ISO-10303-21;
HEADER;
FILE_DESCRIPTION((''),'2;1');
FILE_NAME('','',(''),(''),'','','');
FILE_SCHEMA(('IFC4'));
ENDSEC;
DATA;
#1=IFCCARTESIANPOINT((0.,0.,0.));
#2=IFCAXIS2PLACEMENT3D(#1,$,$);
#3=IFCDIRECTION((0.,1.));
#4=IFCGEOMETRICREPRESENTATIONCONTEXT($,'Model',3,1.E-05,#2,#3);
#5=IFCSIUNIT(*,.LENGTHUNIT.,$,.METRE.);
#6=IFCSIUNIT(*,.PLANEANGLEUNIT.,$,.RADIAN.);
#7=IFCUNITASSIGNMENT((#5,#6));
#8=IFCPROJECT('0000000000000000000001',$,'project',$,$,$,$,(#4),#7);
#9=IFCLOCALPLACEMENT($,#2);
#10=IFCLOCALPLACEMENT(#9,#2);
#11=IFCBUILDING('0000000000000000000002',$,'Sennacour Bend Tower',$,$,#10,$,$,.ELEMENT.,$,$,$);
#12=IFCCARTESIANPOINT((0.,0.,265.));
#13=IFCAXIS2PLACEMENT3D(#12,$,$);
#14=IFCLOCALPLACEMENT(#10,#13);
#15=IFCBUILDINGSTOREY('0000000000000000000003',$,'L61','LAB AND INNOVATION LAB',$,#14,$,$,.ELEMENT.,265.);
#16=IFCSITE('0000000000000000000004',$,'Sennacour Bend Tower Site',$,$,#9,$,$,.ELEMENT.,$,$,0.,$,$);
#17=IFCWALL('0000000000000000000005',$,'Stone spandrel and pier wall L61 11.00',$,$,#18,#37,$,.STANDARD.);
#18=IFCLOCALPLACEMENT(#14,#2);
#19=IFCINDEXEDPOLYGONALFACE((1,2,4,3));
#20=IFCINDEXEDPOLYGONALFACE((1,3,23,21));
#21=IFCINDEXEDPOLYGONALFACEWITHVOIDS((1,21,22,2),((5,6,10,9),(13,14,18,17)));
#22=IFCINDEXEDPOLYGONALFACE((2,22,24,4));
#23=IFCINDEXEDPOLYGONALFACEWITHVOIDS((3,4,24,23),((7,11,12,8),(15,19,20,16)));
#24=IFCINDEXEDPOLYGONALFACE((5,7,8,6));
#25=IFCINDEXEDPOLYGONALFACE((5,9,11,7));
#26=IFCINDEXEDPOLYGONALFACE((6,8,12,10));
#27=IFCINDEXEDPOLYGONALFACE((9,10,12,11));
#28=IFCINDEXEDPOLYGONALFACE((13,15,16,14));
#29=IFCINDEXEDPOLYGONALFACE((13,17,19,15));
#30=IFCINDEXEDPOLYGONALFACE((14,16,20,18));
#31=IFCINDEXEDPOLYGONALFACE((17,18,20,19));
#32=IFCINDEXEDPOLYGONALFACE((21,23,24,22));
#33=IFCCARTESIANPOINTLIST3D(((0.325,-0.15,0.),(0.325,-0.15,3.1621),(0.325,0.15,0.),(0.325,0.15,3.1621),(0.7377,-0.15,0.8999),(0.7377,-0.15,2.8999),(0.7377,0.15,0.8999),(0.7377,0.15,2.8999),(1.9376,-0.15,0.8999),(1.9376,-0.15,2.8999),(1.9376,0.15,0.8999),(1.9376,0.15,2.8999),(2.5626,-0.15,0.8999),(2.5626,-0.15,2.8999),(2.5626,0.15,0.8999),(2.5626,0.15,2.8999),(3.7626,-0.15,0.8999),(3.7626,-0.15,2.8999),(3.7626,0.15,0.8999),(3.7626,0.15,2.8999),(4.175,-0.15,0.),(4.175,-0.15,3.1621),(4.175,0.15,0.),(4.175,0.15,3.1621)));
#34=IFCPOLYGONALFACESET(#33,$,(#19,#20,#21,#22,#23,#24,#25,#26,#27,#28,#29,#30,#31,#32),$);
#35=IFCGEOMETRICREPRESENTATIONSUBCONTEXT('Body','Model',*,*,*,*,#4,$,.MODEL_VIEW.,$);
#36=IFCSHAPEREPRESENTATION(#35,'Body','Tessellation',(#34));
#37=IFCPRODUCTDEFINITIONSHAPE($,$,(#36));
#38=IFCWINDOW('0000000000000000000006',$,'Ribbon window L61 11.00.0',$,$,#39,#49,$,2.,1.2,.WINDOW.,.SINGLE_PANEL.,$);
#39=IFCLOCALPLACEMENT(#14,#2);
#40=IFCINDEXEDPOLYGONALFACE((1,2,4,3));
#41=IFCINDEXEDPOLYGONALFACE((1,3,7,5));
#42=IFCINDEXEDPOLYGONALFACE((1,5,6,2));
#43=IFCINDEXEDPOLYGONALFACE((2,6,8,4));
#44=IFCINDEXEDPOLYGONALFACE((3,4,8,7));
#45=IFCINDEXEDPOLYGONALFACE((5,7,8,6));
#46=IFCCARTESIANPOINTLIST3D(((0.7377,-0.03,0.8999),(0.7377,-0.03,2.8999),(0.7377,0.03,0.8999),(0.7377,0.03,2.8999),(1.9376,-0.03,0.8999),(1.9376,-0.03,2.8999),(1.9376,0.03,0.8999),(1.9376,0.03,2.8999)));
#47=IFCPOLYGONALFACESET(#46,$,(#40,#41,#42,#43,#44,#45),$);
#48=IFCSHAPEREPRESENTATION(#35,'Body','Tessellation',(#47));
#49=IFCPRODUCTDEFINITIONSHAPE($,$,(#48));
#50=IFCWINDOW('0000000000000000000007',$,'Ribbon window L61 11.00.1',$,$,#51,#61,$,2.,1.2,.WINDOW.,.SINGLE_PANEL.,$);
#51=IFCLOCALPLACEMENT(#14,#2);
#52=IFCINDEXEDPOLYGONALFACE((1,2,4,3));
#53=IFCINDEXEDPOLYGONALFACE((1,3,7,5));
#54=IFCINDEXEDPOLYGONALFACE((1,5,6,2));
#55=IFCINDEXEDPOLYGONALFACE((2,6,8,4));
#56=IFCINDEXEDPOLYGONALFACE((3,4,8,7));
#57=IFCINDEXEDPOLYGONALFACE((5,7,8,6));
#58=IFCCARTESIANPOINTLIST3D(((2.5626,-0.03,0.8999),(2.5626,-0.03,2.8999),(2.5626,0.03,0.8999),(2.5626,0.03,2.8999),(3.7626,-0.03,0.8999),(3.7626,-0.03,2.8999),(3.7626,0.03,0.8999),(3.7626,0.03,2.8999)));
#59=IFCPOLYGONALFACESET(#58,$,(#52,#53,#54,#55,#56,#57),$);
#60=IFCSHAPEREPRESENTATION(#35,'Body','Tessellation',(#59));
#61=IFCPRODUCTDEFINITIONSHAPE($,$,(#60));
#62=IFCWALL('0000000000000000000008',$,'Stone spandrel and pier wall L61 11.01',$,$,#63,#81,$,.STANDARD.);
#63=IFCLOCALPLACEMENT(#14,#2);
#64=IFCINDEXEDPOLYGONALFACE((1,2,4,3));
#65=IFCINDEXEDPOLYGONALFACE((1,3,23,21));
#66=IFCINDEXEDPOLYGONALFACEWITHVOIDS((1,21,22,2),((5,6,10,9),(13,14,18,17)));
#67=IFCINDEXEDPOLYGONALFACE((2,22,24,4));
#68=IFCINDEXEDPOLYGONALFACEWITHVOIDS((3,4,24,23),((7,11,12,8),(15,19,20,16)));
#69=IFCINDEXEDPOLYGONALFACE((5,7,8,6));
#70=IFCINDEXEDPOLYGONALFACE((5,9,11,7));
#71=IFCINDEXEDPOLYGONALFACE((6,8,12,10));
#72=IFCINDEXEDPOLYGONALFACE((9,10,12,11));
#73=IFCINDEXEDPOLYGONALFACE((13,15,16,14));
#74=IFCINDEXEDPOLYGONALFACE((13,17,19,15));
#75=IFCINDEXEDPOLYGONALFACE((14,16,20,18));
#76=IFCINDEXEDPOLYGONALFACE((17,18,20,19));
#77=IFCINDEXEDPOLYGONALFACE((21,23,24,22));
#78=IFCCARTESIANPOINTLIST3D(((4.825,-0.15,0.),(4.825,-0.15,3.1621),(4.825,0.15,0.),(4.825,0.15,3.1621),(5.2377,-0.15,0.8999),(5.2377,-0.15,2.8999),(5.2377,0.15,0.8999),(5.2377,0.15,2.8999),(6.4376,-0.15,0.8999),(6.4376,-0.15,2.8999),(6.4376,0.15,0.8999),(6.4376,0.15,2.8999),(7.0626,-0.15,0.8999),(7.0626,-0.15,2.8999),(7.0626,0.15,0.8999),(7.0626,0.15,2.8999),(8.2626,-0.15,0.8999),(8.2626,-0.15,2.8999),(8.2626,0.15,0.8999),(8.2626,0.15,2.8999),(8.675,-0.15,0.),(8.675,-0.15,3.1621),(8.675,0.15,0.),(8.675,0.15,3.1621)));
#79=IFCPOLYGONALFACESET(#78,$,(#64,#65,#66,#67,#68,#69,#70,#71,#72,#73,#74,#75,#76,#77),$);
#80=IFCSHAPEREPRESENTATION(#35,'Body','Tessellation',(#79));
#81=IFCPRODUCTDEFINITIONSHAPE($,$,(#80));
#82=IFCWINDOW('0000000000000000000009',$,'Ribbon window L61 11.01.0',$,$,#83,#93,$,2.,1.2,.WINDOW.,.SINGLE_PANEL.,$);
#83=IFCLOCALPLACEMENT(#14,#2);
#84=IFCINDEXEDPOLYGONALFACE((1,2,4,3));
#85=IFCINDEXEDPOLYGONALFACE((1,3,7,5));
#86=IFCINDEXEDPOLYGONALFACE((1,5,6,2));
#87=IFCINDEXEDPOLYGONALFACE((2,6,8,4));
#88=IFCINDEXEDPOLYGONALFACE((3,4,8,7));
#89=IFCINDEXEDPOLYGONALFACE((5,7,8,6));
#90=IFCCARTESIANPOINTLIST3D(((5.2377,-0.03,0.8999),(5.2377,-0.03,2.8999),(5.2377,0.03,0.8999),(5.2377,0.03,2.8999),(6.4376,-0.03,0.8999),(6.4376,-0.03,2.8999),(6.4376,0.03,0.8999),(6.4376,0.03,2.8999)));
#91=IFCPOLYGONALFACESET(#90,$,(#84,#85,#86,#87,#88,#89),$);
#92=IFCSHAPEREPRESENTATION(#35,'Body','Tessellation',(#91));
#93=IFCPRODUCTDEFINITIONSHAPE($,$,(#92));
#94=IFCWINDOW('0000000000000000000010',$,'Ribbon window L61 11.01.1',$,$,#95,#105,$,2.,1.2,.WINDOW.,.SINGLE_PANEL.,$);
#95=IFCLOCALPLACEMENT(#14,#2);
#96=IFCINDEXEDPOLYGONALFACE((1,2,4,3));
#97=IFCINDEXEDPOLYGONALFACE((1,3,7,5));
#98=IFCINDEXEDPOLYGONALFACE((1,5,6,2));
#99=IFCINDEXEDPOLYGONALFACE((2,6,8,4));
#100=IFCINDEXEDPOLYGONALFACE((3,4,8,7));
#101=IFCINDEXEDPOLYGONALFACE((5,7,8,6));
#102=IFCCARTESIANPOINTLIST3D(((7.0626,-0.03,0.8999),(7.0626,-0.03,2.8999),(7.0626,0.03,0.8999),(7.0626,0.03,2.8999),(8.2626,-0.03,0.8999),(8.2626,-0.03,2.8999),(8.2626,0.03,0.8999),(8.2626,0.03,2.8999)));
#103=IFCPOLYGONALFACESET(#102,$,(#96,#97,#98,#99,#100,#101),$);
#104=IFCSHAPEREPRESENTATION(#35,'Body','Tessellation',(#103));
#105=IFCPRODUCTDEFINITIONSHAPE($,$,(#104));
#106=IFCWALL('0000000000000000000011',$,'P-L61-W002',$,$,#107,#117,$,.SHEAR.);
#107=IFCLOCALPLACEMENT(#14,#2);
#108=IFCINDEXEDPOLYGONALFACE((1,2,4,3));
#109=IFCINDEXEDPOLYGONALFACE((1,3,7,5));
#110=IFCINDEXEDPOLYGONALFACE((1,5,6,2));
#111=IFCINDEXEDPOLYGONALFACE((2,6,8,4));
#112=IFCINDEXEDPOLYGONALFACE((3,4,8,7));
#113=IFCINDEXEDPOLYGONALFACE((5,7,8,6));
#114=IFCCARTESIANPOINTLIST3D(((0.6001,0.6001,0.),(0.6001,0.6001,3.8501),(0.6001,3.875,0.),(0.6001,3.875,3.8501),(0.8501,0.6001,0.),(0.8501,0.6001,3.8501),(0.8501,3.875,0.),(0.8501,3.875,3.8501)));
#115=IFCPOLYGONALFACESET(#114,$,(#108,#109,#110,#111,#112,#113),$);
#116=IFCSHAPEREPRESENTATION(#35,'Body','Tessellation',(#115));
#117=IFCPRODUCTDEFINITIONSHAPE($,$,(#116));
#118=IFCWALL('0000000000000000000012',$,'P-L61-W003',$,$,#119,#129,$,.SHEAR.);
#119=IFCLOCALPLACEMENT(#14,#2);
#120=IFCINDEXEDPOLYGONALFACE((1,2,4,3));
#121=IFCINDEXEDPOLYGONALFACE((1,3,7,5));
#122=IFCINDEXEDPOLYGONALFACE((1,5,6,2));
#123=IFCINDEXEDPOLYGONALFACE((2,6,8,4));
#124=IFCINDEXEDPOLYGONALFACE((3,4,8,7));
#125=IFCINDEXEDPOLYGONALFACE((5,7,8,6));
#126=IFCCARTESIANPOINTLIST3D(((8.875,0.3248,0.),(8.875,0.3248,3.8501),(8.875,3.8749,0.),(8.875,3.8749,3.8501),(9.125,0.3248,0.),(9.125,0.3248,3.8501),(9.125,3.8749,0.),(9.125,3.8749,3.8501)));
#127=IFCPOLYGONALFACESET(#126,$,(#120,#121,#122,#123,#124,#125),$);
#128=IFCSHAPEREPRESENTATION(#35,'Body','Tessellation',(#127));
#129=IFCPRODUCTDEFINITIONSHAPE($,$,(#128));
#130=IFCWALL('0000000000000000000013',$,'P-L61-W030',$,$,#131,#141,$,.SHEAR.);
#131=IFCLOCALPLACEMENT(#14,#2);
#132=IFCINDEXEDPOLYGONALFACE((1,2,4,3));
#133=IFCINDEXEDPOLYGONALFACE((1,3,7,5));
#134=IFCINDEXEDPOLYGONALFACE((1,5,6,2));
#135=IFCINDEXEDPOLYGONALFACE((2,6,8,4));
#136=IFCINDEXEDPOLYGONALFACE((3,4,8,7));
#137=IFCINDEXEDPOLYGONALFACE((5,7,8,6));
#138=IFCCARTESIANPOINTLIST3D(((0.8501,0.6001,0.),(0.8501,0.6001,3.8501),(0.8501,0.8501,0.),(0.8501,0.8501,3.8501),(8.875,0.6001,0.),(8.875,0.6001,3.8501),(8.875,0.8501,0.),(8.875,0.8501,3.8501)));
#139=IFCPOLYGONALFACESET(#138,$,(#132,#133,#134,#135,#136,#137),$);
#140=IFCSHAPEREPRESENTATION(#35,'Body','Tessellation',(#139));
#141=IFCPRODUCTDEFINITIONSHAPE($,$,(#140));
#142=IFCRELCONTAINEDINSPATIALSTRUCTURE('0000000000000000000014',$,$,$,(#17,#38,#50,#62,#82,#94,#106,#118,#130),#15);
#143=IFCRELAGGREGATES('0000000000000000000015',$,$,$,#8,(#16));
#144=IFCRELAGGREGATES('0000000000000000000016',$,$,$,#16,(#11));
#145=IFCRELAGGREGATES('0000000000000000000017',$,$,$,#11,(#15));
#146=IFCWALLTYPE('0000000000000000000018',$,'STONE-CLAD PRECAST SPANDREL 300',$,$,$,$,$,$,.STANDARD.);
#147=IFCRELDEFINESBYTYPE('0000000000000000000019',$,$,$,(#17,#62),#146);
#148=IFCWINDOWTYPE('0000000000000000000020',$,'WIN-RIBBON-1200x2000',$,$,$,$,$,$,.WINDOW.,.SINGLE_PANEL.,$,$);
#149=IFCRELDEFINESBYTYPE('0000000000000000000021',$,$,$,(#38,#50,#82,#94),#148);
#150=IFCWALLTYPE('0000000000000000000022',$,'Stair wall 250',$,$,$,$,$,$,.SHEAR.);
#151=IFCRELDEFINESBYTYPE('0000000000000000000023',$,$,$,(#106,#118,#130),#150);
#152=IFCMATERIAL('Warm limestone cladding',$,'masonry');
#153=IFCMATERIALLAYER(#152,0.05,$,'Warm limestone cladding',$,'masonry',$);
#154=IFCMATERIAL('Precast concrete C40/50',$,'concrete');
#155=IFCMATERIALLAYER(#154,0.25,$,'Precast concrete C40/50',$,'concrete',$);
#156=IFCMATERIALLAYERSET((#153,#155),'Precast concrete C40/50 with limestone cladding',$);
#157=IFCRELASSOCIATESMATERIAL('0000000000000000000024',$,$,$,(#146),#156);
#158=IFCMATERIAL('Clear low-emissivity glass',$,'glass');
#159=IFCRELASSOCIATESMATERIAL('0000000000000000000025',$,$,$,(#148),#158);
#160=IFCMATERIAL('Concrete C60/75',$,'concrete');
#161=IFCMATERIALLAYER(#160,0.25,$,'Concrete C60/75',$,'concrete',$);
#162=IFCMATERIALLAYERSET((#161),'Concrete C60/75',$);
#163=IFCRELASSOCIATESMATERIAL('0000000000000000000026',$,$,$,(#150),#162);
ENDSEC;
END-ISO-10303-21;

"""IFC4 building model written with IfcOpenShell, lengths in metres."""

from ifc_helpers import new_model, si_unit, direction, frame, frame_2d, origin, place, context, subcontext, project, spatial, rectangle, extrude, material, layer, layer_set, type_object, element, fill, save


model = new_model("IFC4")

# Units and contexts
model_context = context("Model", 3, precision=1e-05, world=origin(), true_north=direction((0.0, 1.0)))
body_context = subcontext(model_context, "Body", "Model", "MODEL_VIEW")
ifc_project = project(units=[si_unit("LENGTHUNIT", "METRE"), si_unit("PLANEANGLEUNIT", "RADIAN")], contexts=[model_context])

# Site, building, storey
site_placement = place(None, origin())
site = spatial("IfcSite", under=ifc_project, at=site_placement, Name="Sennacour Bend Tower Site", CompositionType="ELEMENT", RefElevation=0.0)
building_placement = place(site_placement, origin())
building = spatial("IfcBuilding", under=site, at=building_placement, Name="Sennacour Bend Tower", CompositionType="ELEMENT")
storey_placement = place(building_placement, frame((0.0, 0.0, 265.0)))
storey = spatial("IfcBuildingStorey", under=building, at=storey_placement, Name="L61", Description="LAB AND INNOVATION LAB", CompositionType="ELEMENT", Elevation=265.0)

# Walls, openings, windows
ifc_material_1 = material(Name="Warm limestone cladding", Category="masonry")
ifc_layer_1 = layer(ifc_material_1, 0.05, Name="Warm limestone cladding", Category="masonry")
ifc_material_2 = material(Name="Precast concrete C40/50", Category="concrete")
ifc_layer_2 = layer(ifc_material_2, 0.25, Name="Precast concrete C40/50", Category="concrete")
ifc_layer_set_1 = layer_set([ifc_layer_1, ifc_layer_2], Name="Precast concrete C40/50 with limestone cladding")
wall_type_1 = type_object("IfcWallType", Name="STONE-CLAD PRECAST SPANDREL 300", PredefinedType="STANDARD", material=ifc_layer_set_1)
wall_1_placement = place(storey_placement, frame((0.325, 0.0, 0.0), z_axis=(0.0, 0.0, 1.0), x_axis=(1.0, 0.0, 0.0)))
wall_1 = element("IfcWall", 1, at=wall_1_placement, inside=storey, type_object=wall_type_1, Name="Stone spandrel and pier wall L61 11.00", PredefinedType="STANDARD", context=body_context, shape_type="SweptSolid", body=[
    extrude(rectangle(XDim=3.8501, YDim=0.3, at=frame_2d((1.925, 0.0))), origin(), (0.0, 0.0, 1.0), 3.1621),
])
opening_1_placement = place(wall_1_placement, frame((0.4126, 0.0, 0.8999)))
opening_1 = element("IfcOpeningElement", 2, at=opening_1_placement, cuts=wall_1, PredefinedType="OPENING", context=body_context, shape_type="SweptSolid", body=[
    extrude(rectangle(XDim=1.2, YDim=2.0, at=frame_2d((0.6001, 1.0))), frame((0.0, 0.1602, 0.0), z_axis=(0.0, -1.0, 0.0), x_axis=(1.0, 0.0, 0.0)), (0.0, 0.0, 1.0), 0.3201),
])
opening_2_placement = place(wall_1_placement, frame((2.2375, 0.0, 0.8999)))
opening_2 = element("IfcOpeningElement", 3, at=opening_2_placement, cuts=wall_1, PredefinedType="OPENING", context=body_context, shape_type="SweptSolid", body=[
    extrude(rectangle(XDim=1.2, YDim=2.0, at=frame_2d((0.6001, 1.0))), frame((0.0, 0.1602, 0.0), z_axis=(0.0, -1.0, 0.0), x_axis=(1.0, 0.0, 0.0)), (0.0, 0.0, 1.0), 0.3201),
])
ifc_material_3 = material(Name="Clear low-emissivity glass", Category="glass")
window_type = type_object("IfcWindowType", Name="WIN-RIBBON-1200x2000", PartitioningType="SINGLE_PANEL", PredefinedType="WINDOW", material=ifc_material_3)
window_1_placement = place(opening_1_placement, origin())
window_1 = element("IfcWindow", 4, at=window_1_placement, inside=storey, type_object=window_type, Name="Ribbon window L61 11.00.0", OverallHeight=2.0, OverallWidth=1.2, PartitioningType="SINGLE_PANEL", PredefinedType="WINDOW", context=body_context, shape_type="SweptSolid", body=[
    extrude(rectangle(XDim=1.2, YDim=2.0, at=frame_2d((0.6001, 1.0))), frame((0.0, 0.03, 0.0), z_axis=(0.0, -1.0, 0.0), x_axis=(1.0, 0.0, 0.0)), (0.0, 0.0, 1.0), 0.0601),
])
fill(opening_1, window_1)
window_2_placement = place(opening_2_placement, origin())
window_2 = element("IfcWindow", 5, at=window_2_placement, inside=storey, type_object=window_type, Name="Ribbon window L61 11.00.1", OverallHeight=2.0, OverallWidth=1.2, PartitioningType="SINGLE_PANEL", PredefinedType="WINDOW", context=body_context, shape_type="SweptSolid", body=[
    extrude(rectangle(XDim=1.2, YDim=2.0, at=frame_2d((0.6001, 1.0))), frame((0.0, 0.03, 0.0), z_axis=(0.0, -1.0, 0.0), x_axis=(1.0, 0.0, 0.0)), (0.0, 0.0, 1.0), 0.0601),
])
fill(opening_2, window_2)
wall_2_placement = place(storey_placement, frame((4.825, 0.0, 0.0), z_axis=(0.0, 0.0, 1.0), x_axis=(1.0, 0.0, 0.0)))
wall_2 = element("IfcWall", 6, at=wall_2_placement, inside=storey, type_object=wall_type_1, Name="Stone spandrel and pier wall L61 11.01", PredefinedType="STANDARD", context=body_context, shape_type="SweptSolid", body=[
    extrude(rectangle(XDim=3.8501, YDim=0.3, at=frame_2d((1.925, 0.0))), origin(), (0.0, 0.0, 1.0), 3.1621),
])
opening_3_placement = place(wall_2_placement, frame((0.4126, 0.0, 0.8999)))
opening_3 = element("IfcOpeningElement", 7, at=opening_3_placement, cuts=wall_2, PredefinedType="OPENING", context=body_context, shape_type="SweptSolid", body=[
    extrude(rectangle(XDim=1.2, YDim=2.0, at=frame_2d((0.6001, 1.0))), frame((0.0, 0.1602, 0.0), z_axis=(0.0, -1.0, 0.0), x_axis=(1.0, 0.0, 0.0)), (0.0, 0.0, 1.0), 0.3201),
])
opening_4_placement = place(wall_2_placement, frame((2.2375, 0.0, 0.8999)))
opening_4 = element("IfcOpeningElement", 8, at=opening_4_placement, cuts=wall_2, PredefinedType="OPENING", context=body_context, shape_type="SweptSolid", body=[
    extrude(rectangle(XDim=1.2, YDim=2.0, at=frame_2d((0.6001, 1.0))), frame((0.0, 0.1602, 0.0), z_axis=(0.0, -1.0, 0.0), x_axis=(1.0, 0.0, 0.0)), (0.0, 0.0, 1.0), 0.3201),
])
window_3_placement = place(opening_3_placement, origin())
window_3 = element("IfcWindow", 9, at=window_3_placement, inside=storey, type_object=window_type, Name="Ribbon window L61 11.01.0", OverallHeight=2.0, OverallWidth=1.2, PartitioningType="SINGLE_PANEL", PredefinedType="WINDOW", context=body_context, shape_type="SweptSolid", body=[
    extrude(rectangle(XDim=1.2, YDim=2.0, at=frame_2d((0.6001, 1.0))), frame((0.0, 0.03, 0.0), z_axis=(0.0, -1.0, 0.0), x_axis=(1.0, 0.0, 0.0)), (0.0, 0.0, 1.0), 0.0601),
])
fill(opening_3, window_3)
window_4_placement = place(opening_4_placement, origin())
window_4 = element("IfcWindow", 10, at=window_4_placement, inside=storey, type_object=window_type, Name="Ribbon window L61 11.01.1", OverallHeight=2.0, OverallWidth=1.2, PartitioningType="SINGLE_PANEL", PredefinedType="WINDOW", context=body_context, shape_type="SweptSolid", body=[
    extrude(rectangle(XDim=1.2, YDim=2.0, at=frame_2d((0.6001, 1.0))), frame((0.0, 0.03, 0.0), z_axis=(0.0, -1.0, 0.0), x_axis=(1.0, 0.0, 0.0)), (0.0, 0.0, 1.0), 0.0601),
])
fill(opening_4, window_4)

# Walls
ifc_material_4 = material(Name="Concrete C60/75", Category="concrete")
ifc_layer_3 = layer(ifc_material_4, 0.25, Name="Concrete C60/75", Category="concrete")
ifc_layer_set_2 = layer_set([ifc_layer_3], Name="Concrete C60/75")
wall_type_2 = type_object("IfcWallType", Name="Stair wall 250", PredefinedType="SHEAR", material=ifc_layer_set_2)
wall_3_placement = place(storey_placement, frame((0.7251, 0.6001, 0.0), z_axis=(0.0, 0.0, 1.0), x_axis=(0.0, 1.0, 0.0)))
element("IfcWall", 11, at=wall_3_placement, inside=storey, type_object=wall_type_2, Name="P-L61-W002", PredefinedType="SHEAR", context=body_context, shape_type="SweptSolid", body=[
    extrude(rectangle(XDim=3.2749, YDim=0.25, at=frame_2d((1.6375, 0.0))), origin(), (0.0, 0.0, 1.0), 3.8501),
])
wall_4_placement = place(storey_placement, frame((9.0, 0.325, 0.0), z_axis=(0.0, 0.0, 1.0), x_axis=(0.0, 1.0, 0.0)))
element("IfcWall", 12, at=wall_4_placement, inside=storey, type_object=wall_type_2, Name="P-L61-W003", PredefinedType="SHEAR", context=body_context, shape_type="SweptSolid", body=[
    extrude(rectangle(XDim=3.55, YDim=0.25, at=frame_2d((1.7749, 0.0))), origin(), (0.0, 0.0, 1.0), 3.8501),
])
wall_5_placement = place(storey_placement, frame((0.8501, 0.7251, 0.0), z_axis=(0.0, 0.0, 1.0), x_axis=(1.0, 0.0, 0.0)))
element("IfcWall", 13, at=wall_5_placement, inside=storey, type_object=wall_type_2, Name="P-L61-W030", PredefinedType="SHEAR", context=body_context, shape_type="SweptSolid", body=[
    extrude(rectangle(XDim=8.0249, YDim=0.25, at=frame_2d((4.0125, 0.0))), origin(), (0.0, 0.0, 1.0), 3.8501),
])

save(model, "model.ifc")
